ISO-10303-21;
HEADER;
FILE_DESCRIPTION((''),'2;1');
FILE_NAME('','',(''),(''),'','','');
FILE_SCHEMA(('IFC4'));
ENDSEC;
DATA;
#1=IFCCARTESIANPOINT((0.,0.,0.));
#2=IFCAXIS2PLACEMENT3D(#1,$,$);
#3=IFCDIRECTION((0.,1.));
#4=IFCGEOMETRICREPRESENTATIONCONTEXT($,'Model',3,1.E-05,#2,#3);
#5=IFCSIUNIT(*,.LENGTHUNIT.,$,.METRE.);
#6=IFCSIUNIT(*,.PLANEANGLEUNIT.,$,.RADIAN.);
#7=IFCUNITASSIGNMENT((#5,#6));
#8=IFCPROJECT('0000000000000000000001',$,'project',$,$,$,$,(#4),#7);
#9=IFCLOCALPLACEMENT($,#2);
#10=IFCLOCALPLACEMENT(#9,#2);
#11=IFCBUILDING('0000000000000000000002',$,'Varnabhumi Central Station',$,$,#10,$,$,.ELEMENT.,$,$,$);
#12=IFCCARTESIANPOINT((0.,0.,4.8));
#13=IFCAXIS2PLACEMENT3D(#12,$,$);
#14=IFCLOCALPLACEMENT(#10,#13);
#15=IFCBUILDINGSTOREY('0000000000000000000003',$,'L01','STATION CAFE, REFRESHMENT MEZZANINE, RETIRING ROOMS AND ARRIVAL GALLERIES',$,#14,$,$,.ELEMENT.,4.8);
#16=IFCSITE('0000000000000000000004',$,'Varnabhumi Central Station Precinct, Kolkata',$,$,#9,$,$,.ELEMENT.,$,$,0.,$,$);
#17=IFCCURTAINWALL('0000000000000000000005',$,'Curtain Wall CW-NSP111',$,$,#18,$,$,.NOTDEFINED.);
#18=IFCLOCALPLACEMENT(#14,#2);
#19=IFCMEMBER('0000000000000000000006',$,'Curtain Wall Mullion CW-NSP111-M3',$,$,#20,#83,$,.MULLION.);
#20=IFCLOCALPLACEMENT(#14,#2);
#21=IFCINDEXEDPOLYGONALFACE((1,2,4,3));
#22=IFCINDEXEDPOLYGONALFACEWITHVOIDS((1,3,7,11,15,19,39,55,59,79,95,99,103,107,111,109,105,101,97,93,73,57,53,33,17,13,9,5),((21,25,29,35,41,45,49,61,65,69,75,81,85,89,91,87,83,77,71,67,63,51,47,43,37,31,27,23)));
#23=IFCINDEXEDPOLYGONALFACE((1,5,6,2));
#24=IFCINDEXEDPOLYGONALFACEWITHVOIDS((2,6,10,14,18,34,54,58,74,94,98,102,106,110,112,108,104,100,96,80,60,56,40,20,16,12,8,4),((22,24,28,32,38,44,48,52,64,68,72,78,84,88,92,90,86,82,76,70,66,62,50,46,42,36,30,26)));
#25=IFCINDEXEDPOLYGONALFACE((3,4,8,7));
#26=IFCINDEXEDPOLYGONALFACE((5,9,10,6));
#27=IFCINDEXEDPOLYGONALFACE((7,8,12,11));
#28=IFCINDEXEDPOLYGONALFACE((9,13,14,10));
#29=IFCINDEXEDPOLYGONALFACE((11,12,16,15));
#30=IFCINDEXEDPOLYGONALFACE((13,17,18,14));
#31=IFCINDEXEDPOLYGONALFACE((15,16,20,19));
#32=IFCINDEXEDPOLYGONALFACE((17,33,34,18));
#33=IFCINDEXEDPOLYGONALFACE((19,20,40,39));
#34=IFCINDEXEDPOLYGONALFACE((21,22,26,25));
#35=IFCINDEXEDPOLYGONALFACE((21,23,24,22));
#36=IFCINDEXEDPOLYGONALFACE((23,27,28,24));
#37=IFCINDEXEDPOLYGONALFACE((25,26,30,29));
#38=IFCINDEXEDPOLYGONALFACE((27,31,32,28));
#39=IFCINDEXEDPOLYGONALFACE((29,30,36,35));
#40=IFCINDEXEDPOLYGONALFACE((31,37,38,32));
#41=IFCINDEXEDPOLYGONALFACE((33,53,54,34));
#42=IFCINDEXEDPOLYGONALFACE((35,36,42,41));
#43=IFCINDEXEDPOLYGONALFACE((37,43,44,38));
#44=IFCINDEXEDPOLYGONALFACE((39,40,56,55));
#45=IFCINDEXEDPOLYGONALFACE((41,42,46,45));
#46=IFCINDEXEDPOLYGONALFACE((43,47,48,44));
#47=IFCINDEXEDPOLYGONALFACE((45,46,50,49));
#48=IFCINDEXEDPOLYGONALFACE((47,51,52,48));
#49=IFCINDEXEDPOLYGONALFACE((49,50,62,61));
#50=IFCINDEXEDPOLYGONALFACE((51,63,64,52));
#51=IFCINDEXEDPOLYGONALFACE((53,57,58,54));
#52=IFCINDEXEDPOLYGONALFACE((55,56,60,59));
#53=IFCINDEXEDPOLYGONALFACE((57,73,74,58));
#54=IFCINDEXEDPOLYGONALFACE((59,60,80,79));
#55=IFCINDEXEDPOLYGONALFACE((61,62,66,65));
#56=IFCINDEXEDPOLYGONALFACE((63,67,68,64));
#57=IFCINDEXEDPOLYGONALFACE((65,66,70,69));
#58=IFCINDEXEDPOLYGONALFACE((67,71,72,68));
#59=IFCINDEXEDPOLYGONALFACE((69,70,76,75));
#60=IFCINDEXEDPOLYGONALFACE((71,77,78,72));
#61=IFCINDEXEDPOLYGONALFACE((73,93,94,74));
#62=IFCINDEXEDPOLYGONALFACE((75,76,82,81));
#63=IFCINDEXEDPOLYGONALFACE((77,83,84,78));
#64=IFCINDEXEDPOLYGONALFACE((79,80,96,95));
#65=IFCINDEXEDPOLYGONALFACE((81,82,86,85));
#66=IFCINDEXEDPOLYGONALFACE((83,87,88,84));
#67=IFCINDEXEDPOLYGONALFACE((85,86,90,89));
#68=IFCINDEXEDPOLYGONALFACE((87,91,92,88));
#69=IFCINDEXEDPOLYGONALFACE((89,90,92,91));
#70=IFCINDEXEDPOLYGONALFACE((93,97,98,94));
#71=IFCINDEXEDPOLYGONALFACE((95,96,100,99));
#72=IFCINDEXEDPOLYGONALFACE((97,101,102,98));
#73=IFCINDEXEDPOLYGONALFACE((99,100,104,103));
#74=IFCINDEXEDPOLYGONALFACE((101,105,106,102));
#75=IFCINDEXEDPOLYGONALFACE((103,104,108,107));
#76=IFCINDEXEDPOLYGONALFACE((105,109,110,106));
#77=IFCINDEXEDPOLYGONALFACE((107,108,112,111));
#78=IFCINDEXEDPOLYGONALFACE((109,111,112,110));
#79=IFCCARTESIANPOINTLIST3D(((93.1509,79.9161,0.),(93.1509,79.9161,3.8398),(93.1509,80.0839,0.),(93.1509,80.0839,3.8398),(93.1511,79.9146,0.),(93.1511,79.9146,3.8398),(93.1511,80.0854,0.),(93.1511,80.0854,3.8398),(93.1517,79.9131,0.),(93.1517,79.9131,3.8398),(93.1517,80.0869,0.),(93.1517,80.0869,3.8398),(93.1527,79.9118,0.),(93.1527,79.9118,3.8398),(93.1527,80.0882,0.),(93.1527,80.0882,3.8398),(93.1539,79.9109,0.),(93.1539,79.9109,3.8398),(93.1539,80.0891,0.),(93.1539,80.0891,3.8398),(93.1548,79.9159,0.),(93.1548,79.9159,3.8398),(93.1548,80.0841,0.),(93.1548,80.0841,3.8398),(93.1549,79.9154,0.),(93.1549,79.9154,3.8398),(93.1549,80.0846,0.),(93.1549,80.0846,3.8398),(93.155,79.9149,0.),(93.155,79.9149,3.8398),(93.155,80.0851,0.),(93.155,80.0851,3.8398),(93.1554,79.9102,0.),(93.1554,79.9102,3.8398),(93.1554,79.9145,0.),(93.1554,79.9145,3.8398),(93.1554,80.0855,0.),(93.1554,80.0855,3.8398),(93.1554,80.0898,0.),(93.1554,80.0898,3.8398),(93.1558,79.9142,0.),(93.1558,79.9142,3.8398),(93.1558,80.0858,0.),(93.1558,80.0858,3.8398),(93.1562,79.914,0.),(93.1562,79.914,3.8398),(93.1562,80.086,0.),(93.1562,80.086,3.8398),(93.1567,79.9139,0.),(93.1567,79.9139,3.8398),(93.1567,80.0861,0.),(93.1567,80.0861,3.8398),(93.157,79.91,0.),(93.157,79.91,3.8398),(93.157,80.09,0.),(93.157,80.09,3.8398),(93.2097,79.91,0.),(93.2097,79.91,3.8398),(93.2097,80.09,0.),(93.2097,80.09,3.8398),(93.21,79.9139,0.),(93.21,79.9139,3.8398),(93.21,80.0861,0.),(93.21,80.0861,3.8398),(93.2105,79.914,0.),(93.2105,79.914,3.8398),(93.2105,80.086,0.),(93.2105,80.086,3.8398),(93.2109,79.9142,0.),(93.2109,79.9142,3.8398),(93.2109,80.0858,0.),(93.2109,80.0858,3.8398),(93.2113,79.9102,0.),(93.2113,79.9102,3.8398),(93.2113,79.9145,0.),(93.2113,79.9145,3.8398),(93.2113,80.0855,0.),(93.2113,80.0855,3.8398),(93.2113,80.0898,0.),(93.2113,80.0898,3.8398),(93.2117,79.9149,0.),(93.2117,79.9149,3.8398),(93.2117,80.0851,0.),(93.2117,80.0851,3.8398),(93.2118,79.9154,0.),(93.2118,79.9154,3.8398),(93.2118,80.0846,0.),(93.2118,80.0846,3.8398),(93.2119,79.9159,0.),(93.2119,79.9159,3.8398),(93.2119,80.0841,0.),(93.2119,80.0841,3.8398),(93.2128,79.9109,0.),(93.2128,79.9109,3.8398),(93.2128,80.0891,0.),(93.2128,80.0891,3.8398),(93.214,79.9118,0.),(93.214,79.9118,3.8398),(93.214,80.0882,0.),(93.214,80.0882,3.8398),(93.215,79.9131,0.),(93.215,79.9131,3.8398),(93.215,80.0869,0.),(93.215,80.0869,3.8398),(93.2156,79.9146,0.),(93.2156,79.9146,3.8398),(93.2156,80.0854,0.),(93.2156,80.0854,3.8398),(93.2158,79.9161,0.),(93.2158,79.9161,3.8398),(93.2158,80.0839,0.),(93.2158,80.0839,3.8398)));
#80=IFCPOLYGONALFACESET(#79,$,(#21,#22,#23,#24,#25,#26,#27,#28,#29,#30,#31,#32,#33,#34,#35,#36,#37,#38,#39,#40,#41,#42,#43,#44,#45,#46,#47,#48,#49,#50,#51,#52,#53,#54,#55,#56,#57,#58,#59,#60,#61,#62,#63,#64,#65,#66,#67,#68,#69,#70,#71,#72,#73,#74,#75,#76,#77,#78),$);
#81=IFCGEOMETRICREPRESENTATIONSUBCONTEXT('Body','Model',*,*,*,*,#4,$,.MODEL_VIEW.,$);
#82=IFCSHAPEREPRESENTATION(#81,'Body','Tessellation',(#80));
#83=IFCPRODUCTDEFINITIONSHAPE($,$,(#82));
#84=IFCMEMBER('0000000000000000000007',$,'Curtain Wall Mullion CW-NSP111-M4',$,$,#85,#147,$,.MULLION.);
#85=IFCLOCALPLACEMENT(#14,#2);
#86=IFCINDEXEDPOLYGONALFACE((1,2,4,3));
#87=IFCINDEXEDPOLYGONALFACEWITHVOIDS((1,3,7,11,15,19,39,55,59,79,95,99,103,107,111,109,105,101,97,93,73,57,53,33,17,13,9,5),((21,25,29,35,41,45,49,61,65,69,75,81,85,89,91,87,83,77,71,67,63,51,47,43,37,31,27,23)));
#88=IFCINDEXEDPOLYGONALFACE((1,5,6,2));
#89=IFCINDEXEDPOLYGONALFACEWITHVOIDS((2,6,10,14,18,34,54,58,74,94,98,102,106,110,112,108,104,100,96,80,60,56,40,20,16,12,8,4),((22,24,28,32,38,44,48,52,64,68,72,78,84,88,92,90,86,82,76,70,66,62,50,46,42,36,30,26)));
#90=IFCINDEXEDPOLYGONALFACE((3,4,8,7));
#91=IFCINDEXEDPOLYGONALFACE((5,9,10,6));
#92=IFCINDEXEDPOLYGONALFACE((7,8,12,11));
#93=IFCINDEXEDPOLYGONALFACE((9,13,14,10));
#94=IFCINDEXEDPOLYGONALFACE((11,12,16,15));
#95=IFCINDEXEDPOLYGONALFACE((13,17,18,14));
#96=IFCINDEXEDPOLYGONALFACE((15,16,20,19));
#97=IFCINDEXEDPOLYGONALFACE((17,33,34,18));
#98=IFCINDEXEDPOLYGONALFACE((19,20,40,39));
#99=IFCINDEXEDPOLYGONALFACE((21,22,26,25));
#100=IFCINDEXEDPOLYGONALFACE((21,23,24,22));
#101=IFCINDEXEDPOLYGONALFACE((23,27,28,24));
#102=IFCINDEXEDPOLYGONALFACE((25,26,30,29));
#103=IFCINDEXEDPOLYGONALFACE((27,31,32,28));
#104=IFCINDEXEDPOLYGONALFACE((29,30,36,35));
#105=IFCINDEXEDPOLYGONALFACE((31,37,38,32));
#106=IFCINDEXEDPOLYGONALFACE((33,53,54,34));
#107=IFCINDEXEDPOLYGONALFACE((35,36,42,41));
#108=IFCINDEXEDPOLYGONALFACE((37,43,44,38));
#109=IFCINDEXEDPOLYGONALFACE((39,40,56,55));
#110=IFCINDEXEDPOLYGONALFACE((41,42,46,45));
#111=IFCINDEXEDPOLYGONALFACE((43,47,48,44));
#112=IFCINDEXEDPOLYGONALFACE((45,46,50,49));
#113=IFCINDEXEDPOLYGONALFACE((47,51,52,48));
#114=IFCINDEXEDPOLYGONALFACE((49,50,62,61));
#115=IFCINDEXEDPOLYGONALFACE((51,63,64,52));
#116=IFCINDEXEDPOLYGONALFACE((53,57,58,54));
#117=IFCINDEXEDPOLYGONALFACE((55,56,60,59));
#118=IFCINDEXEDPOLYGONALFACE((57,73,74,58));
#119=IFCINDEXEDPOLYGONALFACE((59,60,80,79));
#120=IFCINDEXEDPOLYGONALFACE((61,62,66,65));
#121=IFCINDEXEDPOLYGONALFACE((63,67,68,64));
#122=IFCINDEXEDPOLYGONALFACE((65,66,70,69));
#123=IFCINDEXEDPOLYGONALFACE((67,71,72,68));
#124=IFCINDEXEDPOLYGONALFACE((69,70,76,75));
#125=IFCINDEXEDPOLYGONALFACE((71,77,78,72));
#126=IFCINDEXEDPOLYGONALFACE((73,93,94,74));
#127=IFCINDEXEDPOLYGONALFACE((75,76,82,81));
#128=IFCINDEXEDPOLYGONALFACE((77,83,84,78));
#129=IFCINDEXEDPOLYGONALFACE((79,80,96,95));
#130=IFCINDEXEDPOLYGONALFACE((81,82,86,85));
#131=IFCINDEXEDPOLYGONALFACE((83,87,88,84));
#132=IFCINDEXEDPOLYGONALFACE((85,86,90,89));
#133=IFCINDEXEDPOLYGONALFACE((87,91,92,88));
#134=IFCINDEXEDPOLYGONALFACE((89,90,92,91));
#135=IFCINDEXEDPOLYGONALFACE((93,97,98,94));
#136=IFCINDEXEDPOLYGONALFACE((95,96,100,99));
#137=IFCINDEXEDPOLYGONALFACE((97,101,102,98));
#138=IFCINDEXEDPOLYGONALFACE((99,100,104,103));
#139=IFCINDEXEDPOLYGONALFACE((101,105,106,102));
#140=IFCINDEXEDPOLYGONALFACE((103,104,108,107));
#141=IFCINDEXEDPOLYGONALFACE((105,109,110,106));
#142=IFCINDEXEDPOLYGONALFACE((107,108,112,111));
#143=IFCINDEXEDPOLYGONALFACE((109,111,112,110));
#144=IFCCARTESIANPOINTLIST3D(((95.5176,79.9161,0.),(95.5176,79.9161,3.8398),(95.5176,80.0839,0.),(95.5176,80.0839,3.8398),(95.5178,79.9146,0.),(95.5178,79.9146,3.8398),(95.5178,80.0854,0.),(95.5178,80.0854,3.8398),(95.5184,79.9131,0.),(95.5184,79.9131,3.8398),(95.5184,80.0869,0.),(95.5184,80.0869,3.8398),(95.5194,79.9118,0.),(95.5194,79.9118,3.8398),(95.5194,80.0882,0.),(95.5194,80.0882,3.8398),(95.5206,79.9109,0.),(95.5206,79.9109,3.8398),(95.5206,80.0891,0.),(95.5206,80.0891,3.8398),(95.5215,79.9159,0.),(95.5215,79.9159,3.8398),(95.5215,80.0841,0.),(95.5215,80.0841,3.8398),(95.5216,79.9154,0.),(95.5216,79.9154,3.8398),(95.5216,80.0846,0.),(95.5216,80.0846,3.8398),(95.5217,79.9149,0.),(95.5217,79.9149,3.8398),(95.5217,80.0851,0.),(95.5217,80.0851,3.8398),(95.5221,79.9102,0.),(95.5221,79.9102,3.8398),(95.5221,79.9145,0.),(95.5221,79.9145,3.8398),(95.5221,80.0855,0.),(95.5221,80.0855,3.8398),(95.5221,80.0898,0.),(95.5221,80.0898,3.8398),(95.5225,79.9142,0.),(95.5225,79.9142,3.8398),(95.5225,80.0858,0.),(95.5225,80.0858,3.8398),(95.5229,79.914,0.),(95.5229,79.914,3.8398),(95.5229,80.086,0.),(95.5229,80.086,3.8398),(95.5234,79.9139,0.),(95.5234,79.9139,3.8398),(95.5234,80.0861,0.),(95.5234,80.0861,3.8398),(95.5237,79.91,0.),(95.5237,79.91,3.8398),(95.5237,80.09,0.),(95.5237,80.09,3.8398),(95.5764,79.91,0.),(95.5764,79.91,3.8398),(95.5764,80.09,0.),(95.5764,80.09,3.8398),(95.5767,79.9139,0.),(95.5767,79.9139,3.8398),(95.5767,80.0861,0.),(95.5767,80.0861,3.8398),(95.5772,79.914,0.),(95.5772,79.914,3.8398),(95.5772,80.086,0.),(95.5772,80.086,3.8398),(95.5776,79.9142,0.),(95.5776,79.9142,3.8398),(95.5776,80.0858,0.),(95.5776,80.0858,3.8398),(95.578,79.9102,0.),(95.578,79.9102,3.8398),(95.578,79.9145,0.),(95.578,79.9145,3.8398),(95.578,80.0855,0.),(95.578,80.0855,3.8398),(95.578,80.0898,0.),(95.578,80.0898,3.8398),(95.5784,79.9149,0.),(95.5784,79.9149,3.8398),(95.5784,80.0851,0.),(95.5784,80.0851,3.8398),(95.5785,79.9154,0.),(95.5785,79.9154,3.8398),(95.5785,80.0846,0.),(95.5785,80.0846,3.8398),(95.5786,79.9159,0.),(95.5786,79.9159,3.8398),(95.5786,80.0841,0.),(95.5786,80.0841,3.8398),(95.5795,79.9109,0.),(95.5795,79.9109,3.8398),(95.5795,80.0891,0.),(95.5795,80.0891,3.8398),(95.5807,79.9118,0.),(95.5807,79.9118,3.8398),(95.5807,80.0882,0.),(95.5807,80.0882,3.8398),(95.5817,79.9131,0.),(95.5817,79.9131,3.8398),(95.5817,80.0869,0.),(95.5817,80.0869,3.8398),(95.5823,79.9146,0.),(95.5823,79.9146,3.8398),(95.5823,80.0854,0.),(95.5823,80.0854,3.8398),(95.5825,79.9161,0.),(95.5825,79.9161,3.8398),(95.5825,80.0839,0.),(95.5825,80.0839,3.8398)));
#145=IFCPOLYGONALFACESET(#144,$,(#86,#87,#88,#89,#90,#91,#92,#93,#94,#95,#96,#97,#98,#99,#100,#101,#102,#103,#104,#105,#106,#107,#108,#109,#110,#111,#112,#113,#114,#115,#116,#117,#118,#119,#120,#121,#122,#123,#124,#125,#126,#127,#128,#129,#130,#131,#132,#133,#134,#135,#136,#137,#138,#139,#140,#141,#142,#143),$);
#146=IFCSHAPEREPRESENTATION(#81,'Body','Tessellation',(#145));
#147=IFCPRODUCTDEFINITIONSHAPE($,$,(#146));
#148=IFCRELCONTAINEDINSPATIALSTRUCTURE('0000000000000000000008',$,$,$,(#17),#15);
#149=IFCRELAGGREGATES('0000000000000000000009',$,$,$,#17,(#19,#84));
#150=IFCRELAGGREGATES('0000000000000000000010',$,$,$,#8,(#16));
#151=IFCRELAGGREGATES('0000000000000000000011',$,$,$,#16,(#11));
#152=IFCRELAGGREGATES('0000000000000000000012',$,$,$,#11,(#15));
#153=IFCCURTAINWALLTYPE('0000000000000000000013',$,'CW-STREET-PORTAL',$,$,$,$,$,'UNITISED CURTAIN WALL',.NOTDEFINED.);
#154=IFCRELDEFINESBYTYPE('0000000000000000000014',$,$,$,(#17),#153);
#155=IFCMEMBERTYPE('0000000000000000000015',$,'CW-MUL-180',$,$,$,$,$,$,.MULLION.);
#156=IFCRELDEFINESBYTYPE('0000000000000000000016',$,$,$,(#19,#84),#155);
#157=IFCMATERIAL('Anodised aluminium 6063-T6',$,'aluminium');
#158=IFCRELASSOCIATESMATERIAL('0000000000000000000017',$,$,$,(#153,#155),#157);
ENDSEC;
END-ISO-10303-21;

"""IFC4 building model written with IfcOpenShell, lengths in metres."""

from ifc_helpers import new_model, si_unit, direction, frame, origin, origin_2d, place, context, subcontext, project, spatial, hollow_rectangle, extrude, material, material_profile, profile_set, type_object, element, aggregate, save


model = new_model("IFC4")

# Units and contexts
model_context = context("Model", 3, precision=1e-05, world=origin(), true_north=direction((0.0, 1.0)))
body_context = subcontext(model_context, "Body", "Model", "MODEL_VIEW")
ifc_project = project(units=[si_unit("LENGTHUNIT", "METRE"), si_unit("PLANEANGLEUNIT", "RADIAN")], contexts=[model_context])

# Site, building, storey
site_placement = place(None, origin())
site = spatial("IfcSite", under=ifc_project, at=site_placement, Name="Varnabhumi Central Station Precinct, Kolkata", CompositionType="ELEMENT", RefElevation=0.0)
building_placement = place(site_placement, origin())
building = spatial("IfcBuilding", under=site, at=building_placement, Name="Varnabhumi Central Station", CompositionType="ELEMENT")
storey_placement = place(building_placement, frame((0.0, 0.0, 4.8)))
storey = spatial("IfcBuildingStorey", under=building, at=storey_placement, Name="L01", Description="STATION CAFE, REFRESHMENT MEZZANINE, RETIRING ROOMS AND ARRIVAL GALLERIES", CompositionType="ELEMENT", Elevation=4.8)

# Curtain wall, members
ifc_material_1 = material(Name="Anodised aluminium 6063-T6", Category="aluminium")
curtain_wall_type_1 = type_object("IfcCurtainWallType", Name="CW-STREET-PORTAL", ElementType="UNITISED CURTAIN WALL", PredefinedType="NOTDEFINED", material=ifc_material_1)
curtain_wall_1_placement = place(storey_placement, origin())
curtain_wall_1 = element("IfcCurtainWall", 1, at=curtain_wall_1_placement, inside=storey, type_object=curtain_wall_type_1, Name="Curtain Wall CW-NSP111", PredefinedType="NOTDEFINED")
ifc_material_profile_1 = material_profile(ifc_material_1, hollow_rectangle(XDim=0.0649, YDim=0.1799, WallThickness=0.0039, InnerFilletRadius=0.002, OuterFilletRadius=0.0061, at=origin_2d()), Name="Anodised aluminium 6063-T6", Category="aluminium")
ifc_profile_set_1 = profile_set([ifc_material_profile_1], Name="Anodised aluminium 6063-T6")
member_type_1 = type_object("IfcMemberType", Name="CW-MUL-180", PredefinedType="MULLION", material=ifc_profile_set_1)
member_1_placement = place(storey_placement, frame((93.1833, 80.0, 0.0), z_axis=(0.0, 0.0, 1.0), x_axis=(1.0, 0.0, 0.0)))
member_1 = element("IfcMember", 2, at=member_1_placement, type_object=member_type_1, Name="Curtain Wall Mullion CW-NSP111-M3", PredefinedType="MULLION", context=body_context, shape_type="SweptSolid", body=[
    extrude(hollow_rectangle(XDim=0.0649, YDim=0.1799, WallThickness=0.0039, InnerFilletRadius=0.002, OuterFilletRadius=0.0061, at=origin_2d()), origin(), (0.0, 0.0, 1.0), 3.8398),
])
member_2_placement = place(storey_placement, frame((95.55, 80.0, 0.0), z_axis=(0.0, 0.0, 1.0), x_axis=(1.0, 0.0, 0.0)))
member_2 = element("IfcMember", 3, at=member_2_placement, type_object=member_type_1, Name="Curtain Wall Mullion CW-NSP111-M4", PredefinedType="MULLION", context=body_context, shape_type="SweptSolid", body=[
    extrude(hollow_rectangle(XDim=0.0649, YDim=0.1799, WallThickness=0.0039, InnerFilletRadius=0.002, OuterFilletRadius=0.0061, at=origin_2d()), origin(), (0.0, 0.0, 1.0), 3.8398),
])

aggregate(curtain_wall_1, [member_1, member_2])

save(model, "model.ifc")
